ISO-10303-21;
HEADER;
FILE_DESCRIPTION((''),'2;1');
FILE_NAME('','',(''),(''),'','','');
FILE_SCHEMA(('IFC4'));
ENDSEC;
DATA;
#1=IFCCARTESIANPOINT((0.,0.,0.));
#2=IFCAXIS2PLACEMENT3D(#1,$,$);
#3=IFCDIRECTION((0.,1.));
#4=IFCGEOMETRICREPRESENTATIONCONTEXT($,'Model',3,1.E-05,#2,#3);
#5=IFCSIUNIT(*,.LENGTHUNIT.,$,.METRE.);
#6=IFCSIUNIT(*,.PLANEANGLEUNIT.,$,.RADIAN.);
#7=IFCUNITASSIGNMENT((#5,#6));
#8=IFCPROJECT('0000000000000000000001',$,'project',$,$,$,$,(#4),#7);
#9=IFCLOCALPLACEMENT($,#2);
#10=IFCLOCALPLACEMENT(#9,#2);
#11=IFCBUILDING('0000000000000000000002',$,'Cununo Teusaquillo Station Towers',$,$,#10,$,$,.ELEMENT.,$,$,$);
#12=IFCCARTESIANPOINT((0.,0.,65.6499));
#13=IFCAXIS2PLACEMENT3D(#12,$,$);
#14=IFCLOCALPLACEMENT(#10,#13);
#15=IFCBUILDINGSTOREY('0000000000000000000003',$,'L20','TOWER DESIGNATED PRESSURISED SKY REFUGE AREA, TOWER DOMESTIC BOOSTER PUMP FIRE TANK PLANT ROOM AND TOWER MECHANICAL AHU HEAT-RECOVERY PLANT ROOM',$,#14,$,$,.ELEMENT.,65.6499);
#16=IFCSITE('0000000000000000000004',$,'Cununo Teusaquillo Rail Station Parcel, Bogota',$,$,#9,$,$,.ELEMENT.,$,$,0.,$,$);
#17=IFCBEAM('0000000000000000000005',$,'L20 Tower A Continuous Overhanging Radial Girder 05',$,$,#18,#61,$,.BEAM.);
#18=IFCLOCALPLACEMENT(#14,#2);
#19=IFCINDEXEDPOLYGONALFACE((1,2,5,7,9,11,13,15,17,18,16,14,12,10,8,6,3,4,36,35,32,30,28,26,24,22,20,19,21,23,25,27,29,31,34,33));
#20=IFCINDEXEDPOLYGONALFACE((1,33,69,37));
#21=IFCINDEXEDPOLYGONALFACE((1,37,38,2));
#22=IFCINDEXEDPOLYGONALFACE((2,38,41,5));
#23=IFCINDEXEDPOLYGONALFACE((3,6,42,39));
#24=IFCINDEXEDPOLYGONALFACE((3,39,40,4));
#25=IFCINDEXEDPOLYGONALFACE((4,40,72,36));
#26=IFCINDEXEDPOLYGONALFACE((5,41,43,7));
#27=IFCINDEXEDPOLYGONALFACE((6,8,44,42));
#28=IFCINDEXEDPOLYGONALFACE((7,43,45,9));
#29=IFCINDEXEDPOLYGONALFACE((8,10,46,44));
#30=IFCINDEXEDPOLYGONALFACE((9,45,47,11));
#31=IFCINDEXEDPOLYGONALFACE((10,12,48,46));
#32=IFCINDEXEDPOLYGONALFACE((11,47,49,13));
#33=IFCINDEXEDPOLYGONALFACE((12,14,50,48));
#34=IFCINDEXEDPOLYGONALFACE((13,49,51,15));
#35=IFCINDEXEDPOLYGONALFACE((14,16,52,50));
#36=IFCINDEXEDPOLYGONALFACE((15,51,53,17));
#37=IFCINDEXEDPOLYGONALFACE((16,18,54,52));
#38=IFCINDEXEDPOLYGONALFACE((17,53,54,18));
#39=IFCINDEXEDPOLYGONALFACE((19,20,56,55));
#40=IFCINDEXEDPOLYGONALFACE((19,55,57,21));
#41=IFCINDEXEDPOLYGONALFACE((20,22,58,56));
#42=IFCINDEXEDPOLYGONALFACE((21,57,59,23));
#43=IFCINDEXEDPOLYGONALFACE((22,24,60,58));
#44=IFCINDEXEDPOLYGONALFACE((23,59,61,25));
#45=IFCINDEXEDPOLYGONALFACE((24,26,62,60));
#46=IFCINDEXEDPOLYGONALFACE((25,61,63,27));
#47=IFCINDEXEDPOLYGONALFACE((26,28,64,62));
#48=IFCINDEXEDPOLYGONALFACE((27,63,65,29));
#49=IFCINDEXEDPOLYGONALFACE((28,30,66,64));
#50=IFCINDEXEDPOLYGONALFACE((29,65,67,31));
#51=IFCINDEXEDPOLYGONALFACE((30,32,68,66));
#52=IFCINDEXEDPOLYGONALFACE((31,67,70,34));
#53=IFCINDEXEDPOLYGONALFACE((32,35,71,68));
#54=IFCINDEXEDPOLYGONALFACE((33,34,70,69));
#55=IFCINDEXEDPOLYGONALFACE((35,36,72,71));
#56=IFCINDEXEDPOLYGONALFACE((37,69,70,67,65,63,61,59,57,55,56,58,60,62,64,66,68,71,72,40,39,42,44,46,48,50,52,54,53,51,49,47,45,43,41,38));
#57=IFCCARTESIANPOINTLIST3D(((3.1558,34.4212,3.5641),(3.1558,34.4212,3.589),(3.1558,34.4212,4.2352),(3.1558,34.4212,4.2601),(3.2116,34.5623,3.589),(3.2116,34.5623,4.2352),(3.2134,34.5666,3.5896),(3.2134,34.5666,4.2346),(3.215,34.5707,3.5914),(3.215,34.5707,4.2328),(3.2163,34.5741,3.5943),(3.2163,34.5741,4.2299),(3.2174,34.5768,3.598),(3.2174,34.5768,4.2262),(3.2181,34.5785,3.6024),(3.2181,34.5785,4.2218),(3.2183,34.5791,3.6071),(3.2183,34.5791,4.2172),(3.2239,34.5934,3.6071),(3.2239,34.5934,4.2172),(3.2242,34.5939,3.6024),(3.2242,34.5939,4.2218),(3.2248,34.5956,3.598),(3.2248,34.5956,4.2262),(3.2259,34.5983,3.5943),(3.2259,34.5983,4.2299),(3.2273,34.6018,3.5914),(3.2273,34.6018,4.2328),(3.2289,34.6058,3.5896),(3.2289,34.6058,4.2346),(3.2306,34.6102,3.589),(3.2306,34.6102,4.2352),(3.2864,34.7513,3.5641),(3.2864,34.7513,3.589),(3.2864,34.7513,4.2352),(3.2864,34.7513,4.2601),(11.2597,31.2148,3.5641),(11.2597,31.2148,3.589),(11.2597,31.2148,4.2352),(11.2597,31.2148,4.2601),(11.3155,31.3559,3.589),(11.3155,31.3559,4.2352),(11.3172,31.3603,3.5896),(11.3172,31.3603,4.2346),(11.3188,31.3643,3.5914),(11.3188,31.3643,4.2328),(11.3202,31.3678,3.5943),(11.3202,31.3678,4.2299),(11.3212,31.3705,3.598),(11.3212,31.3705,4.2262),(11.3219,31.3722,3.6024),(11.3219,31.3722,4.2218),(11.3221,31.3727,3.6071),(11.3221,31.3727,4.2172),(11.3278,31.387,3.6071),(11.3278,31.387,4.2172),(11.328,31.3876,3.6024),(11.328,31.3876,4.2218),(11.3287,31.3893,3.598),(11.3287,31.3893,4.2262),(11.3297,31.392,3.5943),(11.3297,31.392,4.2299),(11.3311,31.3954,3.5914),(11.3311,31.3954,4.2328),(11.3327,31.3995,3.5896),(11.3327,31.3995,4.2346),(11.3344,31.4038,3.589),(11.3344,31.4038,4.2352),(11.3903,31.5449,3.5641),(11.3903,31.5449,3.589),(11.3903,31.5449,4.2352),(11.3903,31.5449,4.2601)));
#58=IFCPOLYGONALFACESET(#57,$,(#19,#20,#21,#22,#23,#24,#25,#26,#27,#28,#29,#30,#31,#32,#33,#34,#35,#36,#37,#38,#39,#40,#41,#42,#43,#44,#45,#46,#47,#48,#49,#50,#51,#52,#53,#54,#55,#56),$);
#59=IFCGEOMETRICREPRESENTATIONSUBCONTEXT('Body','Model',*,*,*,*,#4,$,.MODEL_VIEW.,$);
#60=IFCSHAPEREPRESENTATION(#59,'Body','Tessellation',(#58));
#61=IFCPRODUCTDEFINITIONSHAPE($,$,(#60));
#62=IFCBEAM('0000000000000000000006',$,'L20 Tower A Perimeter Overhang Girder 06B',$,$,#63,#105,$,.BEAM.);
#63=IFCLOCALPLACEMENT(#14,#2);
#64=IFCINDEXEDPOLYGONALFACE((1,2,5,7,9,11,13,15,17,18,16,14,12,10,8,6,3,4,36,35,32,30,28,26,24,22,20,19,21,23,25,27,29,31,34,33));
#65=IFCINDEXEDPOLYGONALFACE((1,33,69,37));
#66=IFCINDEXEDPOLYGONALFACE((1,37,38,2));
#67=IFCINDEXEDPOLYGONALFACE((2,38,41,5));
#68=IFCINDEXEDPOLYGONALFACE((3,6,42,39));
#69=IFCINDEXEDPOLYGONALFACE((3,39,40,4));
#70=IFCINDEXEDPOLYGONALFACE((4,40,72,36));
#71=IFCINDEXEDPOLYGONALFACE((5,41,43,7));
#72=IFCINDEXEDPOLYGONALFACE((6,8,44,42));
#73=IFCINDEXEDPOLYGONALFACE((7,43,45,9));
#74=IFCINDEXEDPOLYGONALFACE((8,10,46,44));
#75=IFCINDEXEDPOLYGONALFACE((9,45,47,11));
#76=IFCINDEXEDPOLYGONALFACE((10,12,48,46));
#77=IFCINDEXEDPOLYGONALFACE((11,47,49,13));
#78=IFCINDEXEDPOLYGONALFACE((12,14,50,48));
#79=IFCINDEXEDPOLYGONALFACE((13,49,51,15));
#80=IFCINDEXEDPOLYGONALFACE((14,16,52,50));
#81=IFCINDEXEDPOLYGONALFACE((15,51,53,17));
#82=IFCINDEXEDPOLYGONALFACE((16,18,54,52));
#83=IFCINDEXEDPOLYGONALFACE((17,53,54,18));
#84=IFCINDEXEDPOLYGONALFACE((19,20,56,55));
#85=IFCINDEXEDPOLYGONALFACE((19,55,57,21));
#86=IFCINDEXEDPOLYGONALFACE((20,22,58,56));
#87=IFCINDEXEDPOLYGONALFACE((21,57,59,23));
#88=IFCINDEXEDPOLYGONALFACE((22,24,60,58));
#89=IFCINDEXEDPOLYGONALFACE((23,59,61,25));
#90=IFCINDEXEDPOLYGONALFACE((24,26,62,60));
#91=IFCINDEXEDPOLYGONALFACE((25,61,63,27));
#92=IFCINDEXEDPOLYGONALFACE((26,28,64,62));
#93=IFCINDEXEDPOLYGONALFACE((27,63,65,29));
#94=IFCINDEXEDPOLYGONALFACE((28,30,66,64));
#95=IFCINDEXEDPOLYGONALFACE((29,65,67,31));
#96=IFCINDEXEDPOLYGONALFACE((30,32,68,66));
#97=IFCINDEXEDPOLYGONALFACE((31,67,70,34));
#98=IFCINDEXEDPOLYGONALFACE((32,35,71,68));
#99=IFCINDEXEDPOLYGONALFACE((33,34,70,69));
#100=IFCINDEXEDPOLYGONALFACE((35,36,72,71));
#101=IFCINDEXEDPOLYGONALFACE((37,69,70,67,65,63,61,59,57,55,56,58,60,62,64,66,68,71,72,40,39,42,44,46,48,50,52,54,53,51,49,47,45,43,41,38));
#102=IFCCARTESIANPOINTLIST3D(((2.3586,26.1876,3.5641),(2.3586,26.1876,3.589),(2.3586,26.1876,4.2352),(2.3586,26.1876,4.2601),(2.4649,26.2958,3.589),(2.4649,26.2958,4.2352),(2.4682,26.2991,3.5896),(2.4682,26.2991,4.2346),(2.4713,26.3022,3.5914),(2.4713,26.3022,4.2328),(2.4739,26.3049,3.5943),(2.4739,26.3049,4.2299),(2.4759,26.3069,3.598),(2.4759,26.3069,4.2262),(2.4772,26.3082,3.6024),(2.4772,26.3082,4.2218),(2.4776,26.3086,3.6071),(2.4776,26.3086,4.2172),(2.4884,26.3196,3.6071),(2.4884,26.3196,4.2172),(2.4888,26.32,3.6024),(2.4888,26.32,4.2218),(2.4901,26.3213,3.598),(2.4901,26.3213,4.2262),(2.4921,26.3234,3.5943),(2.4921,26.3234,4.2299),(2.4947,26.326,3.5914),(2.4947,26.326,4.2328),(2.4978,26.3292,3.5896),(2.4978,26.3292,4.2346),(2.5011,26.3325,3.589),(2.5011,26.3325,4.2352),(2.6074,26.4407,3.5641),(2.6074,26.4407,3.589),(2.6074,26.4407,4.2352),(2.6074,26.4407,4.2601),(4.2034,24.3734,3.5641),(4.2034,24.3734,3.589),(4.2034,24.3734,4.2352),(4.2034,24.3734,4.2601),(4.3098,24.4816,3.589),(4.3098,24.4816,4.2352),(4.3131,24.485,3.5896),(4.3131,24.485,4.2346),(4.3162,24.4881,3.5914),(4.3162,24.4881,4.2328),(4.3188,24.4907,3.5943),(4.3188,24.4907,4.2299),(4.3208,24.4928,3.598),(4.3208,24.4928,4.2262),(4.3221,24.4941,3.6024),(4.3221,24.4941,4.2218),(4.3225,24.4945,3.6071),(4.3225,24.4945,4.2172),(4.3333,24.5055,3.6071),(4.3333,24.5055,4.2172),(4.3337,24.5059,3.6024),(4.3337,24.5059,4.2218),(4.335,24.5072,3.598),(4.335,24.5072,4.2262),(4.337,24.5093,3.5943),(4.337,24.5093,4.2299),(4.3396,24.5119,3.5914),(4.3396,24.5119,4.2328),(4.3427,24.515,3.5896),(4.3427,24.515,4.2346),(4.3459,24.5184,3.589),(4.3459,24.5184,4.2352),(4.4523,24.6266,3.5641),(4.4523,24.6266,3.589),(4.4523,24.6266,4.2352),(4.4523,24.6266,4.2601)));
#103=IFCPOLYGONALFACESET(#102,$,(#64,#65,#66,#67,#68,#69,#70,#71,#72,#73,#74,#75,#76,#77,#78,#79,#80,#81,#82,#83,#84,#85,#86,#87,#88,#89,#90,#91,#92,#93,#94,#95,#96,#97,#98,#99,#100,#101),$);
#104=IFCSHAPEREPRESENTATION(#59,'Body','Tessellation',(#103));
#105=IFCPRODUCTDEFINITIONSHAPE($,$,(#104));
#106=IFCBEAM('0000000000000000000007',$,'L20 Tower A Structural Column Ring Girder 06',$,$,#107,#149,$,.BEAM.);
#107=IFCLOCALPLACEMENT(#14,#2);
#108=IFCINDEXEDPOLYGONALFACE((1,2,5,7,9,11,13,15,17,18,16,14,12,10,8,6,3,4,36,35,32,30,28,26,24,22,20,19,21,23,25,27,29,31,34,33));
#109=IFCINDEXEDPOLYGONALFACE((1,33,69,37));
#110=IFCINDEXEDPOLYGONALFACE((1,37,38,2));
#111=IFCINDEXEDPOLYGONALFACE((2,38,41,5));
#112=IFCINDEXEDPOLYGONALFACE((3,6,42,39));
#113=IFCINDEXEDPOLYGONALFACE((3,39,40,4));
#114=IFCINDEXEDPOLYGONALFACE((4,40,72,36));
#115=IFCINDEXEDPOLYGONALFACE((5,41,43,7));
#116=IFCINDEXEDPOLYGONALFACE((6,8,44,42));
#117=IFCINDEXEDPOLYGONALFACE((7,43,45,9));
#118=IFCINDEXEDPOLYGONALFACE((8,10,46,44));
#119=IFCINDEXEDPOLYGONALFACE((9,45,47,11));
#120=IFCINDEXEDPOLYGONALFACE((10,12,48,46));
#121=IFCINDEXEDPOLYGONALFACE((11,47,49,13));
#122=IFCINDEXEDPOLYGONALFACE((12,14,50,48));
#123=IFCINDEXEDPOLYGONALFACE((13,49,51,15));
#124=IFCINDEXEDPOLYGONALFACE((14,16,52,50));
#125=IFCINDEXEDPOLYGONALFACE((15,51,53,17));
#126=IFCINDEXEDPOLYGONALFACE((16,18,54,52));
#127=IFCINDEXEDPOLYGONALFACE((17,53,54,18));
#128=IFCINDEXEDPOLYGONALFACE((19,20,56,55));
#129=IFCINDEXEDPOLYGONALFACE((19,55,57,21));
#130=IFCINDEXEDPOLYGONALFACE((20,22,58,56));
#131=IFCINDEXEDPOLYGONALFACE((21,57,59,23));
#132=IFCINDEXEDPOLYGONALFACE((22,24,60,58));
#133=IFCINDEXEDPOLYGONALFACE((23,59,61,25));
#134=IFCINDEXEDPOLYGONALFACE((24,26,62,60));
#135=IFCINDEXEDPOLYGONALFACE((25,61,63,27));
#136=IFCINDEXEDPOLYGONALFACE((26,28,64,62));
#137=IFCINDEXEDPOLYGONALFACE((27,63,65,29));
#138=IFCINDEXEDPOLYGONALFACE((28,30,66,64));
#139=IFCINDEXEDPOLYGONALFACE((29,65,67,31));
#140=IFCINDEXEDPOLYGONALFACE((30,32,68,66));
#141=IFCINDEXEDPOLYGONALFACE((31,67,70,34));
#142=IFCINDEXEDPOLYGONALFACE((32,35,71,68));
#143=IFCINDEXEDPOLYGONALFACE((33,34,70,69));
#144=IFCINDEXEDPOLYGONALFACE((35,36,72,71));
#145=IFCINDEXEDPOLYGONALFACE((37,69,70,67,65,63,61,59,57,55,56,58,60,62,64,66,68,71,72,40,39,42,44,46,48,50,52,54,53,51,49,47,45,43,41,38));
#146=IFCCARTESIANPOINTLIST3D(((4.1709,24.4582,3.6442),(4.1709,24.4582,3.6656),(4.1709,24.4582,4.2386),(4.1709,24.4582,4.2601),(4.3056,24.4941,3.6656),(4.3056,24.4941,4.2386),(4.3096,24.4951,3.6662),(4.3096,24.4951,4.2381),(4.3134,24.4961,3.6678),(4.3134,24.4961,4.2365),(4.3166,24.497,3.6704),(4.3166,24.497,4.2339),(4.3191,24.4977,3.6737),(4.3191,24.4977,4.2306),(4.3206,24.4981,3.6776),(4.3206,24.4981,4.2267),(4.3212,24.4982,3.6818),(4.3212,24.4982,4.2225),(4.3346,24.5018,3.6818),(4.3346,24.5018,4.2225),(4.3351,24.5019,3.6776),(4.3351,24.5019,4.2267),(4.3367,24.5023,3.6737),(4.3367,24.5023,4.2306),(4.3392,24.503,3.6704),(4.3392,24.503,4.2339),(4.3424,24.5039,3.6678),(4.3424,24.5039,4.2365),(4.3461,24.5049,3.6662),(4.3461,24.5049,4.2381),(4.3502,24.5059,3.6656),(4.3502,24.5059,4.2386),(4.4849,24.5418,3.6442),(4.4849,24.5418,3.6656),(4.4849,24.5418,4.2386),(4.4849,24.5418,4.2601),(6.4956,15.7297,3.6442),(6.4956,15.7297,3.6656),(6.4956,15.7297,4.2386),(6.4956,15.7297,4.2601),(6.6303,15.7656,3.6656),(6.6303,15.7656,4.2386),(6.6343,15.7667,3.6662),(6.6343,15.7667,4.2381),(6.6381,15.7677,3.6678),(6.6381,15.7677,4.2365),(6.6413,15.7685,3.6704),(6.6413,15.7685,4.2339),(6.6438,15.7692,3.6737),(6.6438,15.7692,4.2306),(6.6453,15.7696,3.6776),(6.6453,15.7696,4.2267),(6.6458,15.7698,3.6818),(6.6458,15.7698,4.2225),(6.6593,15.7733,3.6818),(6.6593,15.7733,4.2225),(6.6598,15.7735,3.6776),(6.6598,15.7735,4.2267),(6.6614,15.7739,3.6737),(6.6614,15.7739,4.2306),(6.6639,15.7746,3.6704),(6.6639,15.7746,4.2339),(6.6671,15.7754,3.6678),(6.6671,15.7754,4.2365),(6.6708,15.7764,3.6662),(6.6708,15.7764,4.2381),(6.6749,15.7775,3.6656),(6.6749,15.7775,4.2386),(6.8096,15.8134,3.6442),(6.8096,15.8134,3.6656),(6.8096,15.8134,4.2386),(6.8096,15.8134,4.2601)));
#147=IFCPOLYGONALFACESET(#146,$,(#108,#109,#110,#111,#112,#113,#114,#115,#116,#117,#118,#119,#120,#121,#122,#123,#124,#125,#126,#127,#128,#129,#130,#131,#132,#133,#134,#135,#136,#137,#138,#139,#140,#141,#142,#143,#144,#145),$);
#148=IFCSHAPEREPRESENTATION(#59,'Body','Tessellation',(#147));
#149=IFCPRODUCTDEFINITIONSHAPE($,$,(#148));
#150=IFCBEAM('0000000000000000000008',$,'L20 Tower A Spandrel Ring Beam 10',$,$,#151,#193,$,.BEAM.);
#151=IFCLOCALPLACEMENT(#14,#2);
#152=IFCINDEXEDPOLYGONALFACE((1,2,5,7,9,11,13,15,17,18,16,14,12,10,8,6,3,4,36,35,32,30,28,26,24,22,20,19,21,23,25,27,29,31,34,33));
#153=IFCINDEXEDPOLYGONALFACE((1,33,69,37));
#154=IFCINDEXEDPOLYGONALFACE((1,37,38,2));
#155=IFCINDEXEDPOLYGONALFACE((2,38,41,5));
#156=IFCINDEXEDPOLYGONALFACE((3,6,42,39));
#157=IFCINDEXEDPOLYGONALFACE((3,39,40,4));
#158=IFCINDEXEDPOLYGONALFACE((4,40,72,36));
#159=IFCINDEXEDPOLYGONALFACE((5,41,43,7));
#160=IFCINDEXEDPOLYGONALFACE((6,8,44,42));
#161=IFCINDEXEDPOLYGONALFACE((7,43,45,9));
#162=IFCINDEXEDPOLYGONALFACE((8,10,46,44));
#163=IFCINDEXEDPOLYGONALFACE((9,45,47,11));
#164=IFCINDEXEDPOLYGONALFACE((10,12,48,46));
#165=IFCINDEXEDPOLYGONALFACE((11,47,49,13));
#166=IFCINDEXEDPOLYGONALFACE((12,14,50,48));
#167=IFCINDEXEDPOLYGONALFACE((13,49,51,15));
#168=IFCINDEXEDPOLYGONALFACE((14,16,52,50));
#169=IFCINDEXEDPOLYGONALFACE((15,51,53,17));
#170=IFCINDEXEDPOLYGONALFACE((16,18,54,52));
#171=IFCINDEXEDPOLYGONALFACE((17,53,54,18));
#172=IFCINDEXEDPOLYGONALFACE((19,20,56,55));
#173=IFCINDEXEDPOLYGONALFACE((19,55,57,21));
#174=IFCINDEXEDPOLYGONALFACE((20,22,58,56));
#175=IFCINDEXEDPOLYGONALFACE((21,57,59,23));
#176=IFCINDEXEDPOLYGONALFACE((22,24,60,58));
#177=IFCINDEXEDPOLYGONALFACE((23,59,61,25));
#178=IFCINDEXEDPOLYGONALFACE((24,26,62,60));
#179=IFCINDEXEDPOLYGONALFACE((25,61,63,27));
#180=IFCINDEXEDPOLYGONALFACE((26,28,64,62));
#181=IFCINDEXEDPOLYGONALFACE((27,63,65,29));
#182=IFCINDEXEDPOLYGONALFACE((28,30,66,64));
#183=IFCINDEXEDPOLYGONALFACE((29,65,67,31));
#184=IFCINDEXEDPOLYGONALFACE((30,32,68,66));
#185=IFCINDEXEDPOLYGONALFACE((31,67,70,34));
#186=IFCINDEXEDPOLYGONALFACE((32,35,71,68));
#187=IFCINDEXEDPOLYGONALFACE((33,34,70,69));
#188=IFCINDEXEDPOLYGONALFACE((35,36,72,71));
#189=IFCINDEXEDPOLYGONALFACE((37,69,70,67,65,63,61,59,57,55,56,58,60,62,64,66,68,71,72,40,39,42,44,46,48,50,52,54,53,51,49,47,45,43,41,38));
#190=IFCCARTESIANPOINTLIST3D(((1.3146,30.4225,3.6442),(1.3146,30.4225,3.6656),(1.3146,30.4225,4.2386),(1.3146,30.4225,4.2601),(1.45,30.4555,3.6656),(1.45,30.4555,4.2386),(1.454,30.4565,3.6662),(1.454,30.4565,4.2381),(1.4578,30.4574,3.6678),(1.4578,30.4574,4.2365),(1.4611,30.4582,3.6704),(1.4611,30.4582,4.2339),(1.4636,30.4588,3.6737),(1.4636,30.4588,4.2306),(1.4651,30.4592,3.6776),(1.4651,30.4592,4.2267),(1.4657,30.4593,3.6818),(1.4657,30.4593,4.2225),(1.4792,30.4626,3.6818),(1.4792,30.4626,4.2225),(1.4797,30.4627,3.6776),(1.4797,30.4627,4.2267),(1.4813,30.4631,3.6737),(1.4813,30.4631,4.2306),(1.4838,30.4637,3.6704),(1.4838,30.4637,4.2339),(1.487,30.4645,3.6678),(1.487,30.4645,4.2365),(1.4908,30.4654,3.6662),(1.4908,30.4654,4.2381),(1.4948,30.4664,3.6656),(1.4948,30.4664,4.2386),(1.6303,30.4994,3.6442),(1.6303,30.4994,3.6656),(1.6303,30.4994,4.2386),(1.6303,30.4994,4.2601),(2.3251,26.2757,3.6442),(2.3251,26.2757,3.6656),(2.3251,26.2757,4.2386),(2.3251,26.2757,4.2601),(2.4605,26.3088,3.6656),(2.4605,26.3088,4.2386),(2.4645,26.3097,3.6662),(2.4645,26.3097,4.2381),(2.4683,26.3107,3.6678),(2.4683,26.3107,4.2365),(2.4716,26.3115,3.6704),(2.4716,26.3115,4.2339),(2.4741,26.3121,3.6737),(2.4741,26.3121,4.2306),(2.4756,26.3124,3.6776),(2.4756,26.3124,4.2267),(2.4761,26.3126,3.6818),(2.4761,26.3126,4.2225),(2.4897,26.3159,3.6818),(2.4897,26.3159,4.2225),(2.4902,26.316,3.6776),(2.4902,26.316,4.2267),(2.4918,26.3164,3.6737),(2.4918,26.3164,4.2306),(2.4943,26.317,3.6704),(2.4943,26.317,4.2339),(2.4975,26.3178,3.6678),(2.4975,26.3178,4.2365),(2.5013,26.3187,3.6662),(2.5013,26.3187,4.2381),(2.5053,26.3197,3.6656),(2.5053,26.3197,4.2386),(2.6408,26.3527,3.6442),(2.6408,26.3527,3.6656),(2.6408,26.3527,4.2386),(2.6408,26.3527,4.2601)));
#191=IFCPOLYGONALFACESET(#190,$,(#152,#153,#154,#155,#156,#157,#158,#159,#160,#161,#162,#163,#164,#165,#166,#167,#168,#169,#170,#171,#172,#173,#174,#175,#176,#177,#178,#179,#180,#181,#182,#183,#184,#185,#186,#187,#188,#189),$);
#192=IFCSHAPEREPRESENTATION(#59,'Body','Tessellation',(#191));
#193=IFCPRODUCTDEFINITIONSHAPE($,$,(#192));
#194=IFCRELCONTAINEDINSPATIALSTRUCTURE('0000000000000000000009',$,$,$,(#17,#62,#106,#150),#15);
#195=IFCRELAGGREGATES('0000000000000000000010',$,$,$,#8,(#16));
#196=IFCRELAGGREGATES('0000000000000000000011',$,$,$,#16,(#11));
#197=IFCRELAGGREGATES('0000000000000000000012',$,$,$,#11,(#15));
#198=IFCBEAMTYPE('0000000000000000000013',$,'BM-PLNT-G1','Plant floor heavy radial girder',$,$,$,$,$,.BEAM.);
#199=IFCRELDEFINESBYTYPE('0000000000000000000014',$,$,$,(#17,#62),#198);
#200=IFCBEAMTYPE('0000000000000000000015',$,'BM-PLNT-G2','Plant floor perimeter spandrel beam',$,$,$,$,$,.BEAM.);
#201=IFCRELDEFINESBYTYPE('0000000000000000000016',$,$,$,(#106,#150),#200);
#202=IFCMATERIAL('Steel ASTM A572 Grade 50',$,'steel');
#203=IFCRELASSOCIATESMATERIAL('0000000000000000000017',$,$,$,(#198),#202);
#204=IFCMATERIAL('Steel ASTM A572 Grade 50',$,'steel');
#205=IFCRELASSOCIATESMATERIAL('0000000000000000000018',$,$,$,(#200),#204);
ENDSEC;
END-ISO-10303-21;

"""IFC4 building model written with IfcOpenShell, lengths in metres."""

from ifc_helpers import new_model, si_unit, direction, frame, origin, origin_2d, place, context, subcontext, project, spatial, i_section, extrude, material, material_profile, profile_set, type_object, element, save


model = new_model("IFC4")

# Units and contexts
model_context = context("Model", 3, precision=1e-05, world=origin(), true_north=direction((0.0, 1.0)))
body_context = subcontext(model_context, "Body", "Model", "MODEL_VIEW")
ifc_project = project(units=[si_unit("LENGTHUNIT", "METRE"), si_unit("PLANEANGLEUNIT", "RADIAN")], contexts=[model_context])

# Site, building, storey
site_placement = place(None, origin())
site = spatial("IfcSite", under=ifc_project, at=site_placement, Name="Cununo Teusaquillo Rail Station Parcel, Bogota", CompositionType="ELEMENT", RefElevation=0.0)
building_placement = place(site_placement, origin())
building = spatial("IfcBuilding", under=site, at=building_placement, Name="Cununo Teusaquillo Station Towers", CompositionType="ELEMENT")
storey_placement = place(building_placement, frame((0.0, 0.0, 65.6499)))
storey = spatial("IfcBuildingStorey", under=building, at=storey_placement, Name="L20", Description="TOWER DESIGNATED PRESSURISED SKY REFUGE AREA, TOWER DOMESTIC BOOSTER PUMP FIRE TANK PLANT ROOM AND TOWER MECHANICAL AHU HEAT-RECOVERY PLANT ROOM", CompositionType="ELEMENT", Elevation=65.6499)

# Beams
ifc_material_1 = material(Name="Steel ASTM A572 Grade 50", Category="steel")
ifc_material_profile_1 = material_profile(ifc_material_1, i_section(OverallWidth=0.355, OverallDepth=0.696, WebThickness=0.0154, FlangeThickness=0.0249, FilletRadius=0.0181, at=origin_2d()), Name="W27X146")
ifc_profile_set_1 = profile_set([ifc_material_profile_1], Name="Steel ASTM A572 Grade 50")
beam_type_1 = type_object("IfcBeamType", Name="BM-PLNT-G1", Description="Plant floor heavy radial girder", PredefinedType="BEAM", material=ifc_profile_set_1)
beam_1_placement = place(storey_placement, frame((11.325, 31.3799, 3.9121), z_axis=(-0.929863, 0.367906, 0.0), x_axis=(-0.367906, -0.929863, 0.0)))
element("IfcBeam", 1, at=beam_1_placement, inside=storey, type_object=beam_type_1, Name="L20 Tower A Continuous Overhanging Radial Girder 05", PredefinedType="BEAM", context=body_context, shape_type="SweptSolid", body=[
    extrude(i_section(OverallWidth=0.355, OverallDepth=0.696, WebThickness=0.0154, FlangeThickness=0.0249, FilletRadius=0.0181, at=origin_2d()), origin(), (0.0, 0.0, 1.0), 8.7151),
])
beam_2_placement = place(storey_placement, frame((4.3279, 24.5, 3.9121), z_axis=(-0.713026, 0.701138, 0.0), x_axis=(-0.701138, -0.713026, 0.0)))
element("IfcBeam", 2, at=beam_2_placement, inside=storey, type_object=beam_type_1, Name="L20 Tower A Perimeter Overhang Girder 06B", PredefinedType="BEAM", context=body_context, shape_type="SweptSolid", body=[
    extrude(i_section(OverallWidth=0.355, OverallDepth=0.696, WebThickness=0.0154, FlangeThickness=0.0249, FilletRadius=0.0181, at=origin_2d()), origin(), (0.0, 0.0, 1.0), 2.5874),
])
ifc_material_2 = material(Name="Steel ASTM A572 Grade 50", Category="steel")
ifc_material_profile_2 = material_profile(ifc_material_2, i_section(OverallWidth=0.325, OverallDepth=0.616, WebThickness=0.0139, FlangeThickness=0.0215, FilletRadius=0.0161, at=origin_2d()), Name="W24X117")
ifc_profile_set_2 = profile_set([ifc_material_profile_2], Name="Steel ASTM A572 Grade 50")
beam_type_2 = type_object("IfcBeamType", Name="BM-PLNT-G2", Description="Plant floor perimeter spandrel beam", PredefinedType="BEAM", material=ifc_profile_set_2)
beam_3_placement = place(storey_placement, frame((4.3279, 24.5, 3.9521), z_axis=(0.257363, -0.966315, 0.0), x_axis=(0.966315, 0.257363, 0.0)))
element("IfcBeam", 3, at=beam_3_placement, inside=storey, type_object=beam_type_2, Name="L20 Tower A Structural Column Ring Girder 06", PredefinedType="BEAM", context=body_context, shape_type="SweptSolid", body=[
    extrude(i_section(OverallWidth=0.325, OverallDepth=0.616, WebThickness=0.0139, FlangeThickness=0.0215, FilletRadius=0.0161, at=origin_2d()), origin(), (0.0, 0.0, 1.0), 9.0327),
])
beam_4_placement = place(storey_placement, frame((1.4724, 30.4609, 3.9521), z_axis=(0.236757, -0.971569, 0.0), x_axis=(0.971569, 0.236757, 0.0)))
element("IfcBeam", 4, at=beam_4_placement, inside=storey, type_object=beam_type_2, Name="L20 Tower A Spandrel Ring Beam 10", PredefinedType="BEAM", context=body_context, shape_type="SweptSolid", body=[
    extrude(i_section(OverallWidth=0.325, OverallDepth=0.616, WebThickness=0.0139, FlangeThickness=0.0215, FilletRadius=0.0161, at=origin_2d()), origin(), (0.0, 0.0, 1.0), 4.2681),
])

save(model, "model.ifc")
